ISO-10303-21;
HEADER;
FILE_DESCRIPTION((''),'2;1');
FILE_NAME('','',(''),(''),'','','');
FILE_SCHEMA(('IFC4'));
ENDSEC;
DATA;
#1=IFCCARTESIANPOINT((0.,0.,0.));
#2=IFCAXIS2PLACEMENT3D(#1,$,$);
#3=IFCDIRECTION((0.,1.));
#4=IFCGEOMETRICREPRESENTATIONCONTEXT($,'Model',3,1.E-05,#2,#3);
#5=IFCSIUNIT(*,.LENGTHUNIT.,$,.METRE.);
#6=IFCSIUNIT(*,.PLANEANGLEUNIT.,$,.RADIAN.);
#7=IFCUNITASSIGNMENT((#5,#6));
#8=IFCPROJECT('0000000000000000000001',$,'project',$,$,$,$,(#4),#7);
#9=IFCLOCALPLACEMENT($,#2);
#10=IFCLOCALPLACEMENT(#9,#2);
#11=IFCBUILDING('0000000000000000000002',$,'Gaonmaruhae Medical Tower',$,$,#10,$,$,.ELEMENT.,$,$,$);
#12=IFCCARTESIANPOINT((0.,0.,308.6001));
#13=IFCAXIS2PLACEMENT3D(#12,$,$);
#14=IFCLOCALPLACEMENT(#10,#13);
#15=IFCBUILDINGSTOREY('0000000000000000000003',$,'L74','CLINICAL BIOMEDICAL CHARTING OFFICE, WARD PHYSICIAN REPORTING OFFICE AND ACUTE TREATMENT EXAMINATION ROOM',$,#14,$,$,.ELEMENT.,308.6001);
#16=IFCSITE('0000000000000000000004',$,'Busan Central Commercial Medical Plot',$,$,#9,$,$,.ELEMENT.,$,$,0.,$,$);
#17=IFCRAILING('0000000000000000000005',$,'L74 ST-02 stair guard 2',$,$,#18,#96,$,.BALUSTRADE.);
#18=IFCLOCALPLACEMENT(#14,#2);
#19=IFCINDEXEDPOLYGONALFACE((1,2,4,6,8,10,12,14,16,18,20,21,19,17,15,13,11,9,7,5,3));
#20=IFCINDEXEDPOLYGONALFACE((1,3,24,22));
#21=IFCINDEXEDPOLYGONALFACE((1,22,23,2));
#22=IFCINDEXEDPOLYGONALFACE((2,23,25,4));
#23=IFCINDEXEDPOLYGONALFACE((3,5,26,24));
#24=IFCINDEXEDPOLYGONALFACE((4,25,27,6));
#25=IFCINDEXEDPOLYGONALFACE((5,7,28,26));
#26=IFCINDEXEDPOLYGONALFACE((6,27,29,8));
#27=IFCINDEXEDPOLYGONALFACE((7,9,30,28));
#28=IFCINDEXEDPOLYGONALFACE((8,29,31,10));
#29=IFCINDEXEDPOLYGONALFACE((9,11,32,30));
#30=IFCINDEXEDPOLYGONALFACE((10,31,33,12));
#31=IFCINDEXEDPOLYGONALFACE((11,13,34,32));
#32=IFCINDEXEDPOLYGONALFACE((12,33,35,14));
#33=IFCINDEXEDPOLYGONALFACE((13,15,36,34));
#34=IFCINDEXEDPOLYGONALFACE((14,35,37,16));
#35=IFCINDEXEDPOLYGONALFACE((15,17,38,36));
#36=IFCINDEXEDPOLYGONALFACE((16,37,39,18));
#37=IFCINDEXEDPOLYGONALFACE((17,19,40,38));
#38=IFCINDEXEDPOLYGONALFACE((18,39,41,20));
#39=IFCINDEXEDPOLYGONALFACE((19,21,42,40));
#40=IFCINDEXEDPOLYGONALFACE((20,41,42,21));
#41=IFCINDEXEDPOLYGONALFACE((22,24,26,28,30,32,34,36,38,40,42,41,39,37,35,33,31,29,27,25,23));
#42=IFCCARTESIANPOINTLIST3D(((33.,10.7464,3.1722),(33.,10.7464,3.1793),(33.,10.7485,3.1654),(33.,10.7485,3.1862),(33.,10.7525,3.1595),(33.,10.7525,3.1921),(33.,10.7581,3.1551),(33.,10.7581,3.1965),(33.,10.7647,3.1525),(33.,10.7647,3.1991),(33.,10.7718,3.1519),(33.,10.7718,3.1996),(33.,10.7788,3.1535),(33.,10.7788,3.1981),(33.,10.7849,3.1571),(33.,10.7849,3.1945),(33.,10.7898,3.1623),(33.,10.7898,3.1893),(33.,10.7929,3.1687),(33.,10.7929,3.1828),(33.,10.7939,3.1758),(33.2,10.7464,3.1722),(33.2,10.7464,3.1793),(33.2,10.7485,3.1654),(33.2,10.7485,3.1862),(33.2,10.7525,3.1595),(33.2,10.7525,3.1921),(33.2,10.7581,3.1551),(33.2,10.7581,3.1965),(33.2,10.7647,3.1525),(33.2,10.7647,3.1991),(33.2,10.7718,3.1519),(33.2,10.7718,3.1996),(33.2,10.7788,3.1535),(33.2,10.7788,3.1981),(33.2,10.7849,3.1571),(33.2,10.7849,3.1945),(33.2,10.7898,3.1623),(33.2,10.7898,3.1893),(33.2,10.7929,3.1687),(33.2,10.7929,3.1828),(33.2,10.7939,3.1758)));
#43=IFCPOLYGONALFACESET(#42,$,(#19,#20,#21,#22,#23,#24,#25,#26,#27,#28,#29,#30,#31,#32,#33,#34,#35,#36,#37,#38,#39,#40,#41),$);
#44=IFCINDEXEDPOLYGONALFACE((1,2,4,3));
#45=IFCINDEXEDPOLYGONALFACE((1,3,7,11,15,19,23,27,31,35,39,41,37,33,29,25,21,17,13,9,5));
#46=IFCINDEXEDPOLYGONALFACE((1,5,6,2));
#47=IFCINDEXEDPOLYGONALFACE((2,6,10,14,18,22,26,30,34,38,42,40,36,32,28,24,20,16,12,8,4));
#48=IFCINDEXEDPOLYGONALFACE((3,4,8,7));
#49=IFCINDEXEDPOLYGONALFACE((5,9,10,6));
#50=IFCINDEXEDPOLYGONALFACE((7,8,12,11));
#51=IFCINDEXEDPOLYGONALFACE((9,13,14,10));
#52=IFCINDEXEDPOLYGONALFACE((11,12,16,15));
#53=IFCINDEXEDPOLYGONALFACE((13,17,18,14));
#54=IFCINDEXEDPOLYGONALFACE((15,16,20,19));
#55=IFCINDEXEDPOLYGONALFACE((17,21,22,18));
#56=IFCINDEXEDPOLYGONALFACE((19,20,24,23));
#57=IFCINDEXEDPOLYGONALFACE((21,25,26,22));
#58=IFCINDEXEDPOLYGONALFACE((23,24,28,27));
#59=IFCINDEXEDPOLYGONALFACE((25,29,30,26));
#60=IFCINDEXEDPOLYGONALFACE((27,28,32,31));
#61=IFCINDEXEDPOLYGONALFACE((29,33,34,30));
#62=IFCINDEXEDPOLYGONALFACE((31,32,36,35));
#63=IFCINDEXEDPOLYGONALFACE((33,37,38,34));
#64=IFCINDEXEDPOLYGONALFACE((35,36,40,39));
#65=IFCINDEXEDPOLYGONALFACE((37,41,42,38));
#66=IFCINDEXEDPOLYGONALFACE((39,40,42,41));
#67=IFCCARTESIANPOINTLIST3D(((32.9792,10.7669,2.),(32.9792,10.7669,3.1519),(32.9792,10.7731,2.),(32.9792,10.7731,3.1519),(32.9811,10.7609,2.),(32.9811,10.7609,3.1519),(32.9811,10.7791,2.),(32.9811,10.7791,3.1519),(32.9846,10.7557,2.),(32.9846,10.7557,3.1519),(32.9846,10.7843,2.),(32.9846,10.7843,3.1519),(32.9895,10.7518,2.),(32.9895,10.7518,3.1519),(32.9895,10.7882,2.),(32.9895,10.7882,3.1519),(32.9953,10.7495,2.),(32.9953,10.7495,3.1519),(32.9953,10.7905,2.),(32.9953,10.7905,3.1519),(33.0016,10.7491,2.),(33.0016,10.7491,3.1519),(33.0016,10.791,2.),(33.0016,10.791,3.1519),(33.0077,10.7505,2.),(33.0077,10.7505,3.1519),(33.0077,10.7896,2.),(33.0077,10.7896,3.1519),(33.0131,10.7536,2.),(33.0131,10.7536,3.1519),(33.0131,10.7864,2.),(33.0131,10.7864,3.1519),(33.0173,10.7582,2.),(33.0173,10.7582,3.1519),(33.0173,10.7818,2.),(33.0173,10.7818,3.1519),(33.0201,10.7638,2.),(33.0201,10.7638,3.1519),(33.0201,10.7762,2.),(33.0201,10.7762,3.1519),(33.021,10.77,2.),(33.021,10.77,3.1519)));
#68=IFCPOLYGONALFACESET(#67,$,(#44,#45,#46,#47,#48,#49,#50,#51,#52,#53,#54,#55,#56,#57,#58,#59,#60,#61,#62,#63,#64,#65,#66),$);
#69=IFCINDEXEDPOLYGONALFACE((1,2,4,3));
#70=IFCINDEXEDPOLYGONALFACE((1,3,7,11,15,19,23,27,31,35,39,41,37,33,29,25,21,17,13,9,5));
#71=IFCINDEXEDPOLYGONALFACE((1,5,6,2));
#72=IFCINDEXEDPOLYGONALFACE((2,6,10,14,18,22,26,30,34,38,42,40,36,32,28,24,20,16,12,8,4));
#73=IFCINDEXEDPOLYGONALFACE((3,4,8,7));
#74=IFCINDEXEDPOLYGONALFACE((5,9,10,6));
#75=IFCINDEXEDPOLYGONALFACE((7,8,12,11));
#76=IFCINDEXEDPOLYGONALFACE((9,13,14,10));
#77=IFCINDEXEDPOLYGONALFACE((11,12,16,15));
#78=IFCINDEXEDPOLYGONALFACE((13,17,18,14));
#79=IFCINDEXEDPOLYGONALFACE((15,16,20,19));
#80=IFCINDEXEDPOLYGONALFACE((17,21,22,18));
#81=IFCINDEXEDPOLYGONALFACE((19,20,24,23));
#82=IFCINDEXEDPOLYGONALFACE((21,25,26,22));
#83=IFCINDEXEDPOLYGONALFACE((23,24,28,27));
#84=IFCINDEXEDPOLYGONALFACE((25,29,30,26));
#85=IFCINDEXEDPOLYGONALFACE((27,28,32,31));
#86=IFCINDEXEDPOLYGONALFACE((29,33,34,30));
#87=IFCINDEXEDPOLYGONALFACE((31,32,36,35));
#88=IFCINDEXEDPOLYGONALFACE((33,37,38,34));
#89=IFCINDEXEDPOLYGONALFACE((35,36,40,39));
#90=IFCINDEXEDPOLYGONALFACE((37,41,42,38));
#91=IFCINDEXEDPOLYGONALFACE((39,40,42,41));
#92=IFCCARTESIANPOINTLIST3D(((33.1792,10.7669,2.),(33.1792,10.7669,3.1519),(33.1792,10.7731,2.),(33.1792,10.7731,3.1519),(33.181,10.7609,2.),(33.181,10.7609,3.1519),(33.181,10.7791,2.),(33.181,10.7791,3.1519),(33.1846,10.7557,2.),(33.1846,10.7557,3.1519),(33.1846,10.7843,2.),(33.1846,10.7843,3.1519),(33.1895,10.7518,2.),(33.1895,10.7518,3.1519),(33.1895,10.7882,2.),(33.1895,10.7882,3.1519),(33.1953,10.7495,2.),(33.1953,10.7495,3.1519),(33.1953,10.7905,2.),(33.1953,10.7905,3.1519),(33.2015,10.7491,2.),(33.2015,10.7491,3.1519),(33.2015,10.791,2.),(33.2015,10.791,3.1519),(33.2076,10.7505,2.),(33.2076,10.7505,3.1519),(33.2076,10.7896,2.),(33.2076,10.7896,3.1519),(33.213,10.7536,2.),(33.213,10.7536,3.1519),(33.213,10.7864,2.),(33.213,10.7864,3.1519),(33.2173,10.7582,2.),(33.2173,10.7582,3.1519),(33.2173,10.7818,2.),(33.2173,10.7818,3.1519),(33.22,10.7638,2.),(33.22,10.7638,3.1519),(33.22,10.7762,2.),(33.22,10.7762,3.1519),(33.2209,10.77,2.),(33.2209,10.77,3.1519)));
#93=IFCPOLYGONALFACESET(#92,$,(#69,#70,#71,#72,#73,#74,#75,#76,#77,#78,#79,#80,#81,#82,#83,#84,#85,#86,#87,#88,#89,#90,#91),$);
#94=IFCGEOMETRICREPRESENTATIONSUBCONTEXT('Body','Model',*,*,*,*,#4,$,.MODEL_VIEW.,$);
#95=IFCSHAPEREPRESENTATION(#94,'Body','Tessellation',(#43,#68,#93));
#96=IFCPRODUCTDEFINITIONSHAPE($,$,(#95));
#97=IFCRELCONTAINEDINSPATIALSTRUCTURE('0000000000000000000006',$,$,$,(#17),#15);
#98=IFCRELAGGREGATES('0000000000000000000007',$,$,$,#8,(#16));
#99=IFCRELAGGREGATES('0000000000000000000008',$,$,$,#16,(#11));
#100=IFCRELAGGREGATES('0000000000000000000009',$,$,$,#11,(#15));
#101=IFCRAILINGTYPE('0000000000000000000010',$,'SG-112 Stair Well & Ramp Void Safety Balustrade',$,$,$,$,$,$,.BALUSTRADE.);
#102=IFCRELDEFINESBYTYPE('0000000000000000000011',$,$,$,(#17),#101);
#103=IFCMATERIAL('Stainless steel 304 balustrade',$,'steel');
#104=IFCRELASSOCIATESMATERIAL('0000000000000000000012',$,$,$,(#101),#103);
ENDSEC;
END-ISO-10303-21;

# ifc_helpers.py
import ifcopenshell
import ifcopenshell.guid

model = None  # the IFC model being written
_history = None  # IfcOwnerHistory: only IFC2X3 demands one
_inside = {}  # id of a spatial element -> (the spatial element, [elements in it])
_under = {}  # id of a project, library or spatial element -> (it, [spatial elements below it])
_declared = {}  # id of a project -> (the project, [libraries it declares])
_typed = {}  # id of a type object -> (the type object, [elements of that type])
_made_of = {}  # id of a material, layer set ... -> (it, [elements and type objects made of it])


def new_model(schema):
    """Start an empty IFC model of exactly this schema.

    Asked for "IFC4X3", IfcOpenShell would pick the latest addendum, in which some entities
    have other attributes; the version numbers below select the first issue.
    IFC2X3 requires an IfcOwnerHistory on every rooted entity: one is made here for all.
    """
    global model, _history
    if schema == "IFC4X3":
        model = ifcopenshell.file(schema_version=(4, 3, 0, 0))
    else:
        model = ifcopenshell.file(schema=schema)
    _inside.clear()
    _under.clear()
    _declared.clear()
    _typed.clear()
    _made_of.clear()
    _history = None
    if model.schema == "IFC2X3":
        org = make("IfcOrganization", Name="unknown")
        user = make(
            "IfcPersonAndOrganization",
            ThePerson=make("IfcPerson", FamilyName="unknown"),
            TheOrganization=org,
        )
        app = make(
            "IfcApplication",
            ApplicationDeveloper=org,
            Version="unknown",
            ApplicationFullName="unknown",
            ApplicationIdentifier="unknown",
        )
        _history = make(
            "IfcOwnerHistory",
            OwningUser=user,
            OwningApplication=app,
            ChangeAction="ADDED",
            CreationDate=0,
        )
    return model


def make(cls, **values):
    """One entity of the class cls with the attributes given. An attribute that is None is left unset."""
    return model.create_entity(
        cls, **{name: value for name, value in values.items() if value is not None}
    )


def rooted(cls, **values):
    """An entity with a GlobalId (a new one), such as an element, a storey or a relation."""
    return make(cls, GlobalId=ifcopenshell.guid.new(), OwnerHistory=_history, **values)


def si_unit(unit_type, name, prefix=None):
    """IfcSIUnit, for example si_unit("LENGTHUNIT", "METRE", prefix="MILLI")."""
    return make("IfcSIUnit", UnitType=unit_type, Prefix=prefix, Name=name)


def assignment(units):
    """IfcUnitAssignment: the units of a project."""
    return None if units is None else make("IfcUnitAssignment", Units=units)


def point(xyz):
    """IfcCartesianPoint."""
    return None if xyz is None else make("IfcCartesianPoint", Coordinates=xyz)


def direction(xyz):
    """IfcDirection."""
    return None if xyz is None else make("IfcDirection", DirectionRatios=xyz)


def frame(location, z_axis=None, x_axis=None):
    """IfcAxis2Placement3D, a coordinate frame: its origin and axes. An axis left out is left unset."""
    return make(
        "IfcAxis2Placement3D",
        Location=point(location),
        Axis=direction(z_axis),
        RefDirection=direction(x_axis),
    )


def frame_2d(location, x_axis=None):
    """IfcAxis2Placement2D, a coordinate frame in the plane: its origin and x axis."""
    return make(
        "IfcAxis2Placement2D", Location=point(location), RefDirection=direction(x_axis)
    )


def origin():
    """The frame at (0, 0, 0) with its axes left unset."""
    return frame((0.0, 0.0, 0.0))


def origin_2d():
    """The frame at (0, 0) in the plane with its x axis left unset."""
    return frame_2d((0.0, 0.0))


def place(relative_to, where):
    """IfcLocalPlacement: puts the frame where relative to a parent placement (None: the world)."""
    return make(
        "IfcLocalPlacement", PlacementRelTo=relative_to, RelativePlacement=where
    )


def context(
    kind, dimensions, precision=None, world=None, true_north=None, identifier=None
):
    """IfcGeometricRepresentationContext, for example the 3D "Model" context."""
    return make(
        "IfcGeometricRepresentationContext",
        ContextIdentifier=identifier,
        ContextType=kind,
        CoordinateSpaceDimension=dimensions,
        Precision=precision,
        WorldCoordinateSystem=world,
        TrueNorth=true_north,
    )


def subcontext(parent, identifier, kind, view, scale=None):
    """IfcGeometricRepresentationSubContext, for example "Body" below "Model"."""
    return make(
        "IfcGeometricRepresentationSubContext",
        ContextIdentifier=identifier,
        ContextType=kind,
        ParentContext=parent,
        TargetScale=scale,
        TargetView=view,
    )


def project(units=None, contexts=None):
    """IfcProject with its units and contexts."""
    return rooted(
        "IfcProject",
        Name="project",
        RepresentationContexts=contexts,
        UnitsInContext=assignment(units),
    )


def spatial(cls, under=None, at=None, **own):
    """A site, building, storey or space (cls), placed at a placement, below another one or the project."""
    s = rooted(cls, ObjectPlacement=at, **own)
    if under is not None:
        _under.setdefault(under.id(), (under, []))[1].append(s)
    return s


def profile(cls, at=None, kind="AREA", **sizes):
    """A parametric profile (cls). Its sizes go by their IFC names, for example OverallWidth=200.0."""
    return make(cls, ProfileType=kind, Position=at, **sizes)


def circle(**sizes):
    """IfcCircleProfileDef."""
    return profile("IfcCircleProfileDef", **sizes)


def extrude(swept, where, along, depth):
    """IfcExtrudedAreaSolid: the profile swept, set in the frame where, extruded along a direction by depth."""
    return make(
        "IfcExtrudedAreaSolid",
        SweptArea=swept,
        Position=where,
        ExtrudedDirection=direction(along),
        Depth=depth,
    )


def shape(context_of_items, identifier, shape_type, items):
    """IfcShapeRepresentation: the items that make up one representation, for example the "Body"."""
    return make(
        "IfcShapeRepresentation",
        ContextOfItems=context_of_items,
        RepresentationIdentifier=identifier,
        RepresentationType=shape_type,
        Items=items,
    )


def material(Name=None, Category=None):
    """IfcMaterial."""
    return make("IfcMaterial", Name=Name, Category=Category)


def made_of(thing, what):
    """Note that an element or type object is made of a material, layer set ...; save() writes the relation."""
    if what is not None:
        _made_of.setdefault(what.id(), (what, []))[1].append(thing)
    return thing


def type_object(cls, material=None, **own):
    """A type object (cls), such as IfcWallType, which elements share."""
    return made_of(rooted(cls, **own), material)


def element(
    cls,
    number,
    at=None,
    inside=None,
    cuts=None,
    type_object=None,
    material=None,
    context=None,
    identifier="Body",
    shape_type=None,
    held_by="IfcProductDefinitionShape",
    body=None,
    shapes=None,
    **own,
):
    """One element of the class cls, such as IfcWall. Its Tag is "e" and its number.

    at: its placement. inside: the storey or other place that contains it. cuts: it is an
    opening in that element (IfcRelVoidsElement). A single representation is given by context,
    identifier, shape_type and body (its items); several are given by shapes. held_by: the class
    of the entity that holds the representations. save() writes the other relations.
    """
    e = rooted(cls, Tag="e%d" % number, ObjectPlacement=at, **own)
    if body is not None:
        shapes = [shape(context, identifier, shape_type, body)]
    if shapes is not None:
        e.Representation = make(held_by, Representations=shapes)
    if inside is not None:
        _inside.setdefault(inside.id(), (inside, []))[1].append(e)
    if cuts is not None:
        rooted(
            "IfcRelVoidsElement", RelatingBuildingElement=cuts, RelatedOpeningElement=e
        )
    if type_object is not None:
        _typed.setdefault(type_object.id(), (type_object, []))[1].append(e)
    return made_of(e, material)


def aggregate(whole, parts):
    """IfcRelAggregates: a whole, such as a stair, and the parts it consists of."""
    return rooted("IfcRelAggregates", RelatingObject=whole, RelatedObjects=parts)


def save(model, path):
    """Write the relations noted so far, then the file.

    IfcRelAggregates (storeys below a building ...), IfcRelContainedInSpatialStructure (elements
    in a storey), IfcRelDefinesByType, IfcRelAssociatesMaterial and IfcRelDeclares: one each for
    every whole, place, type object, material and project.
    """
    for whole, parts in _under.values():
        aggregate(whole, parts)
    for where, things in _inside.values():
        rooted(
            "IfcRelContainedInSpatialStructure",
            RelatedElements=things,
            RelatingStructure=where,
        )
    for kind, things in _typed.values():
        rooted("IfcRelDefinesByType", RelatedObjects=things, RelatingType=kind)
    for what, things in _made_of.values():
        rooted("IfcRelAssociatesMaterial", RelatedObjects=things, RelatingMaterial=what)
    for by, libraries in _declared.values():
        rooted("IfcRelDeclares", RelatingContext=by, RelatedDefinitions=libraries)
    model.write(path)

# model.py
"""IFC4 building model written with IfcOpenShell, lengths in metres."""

from ifc_helpers import new_model, si_unit, direction, frame, origin, origin_2d, place, context, subcontext, project, spatial, circle, extrude, material, type_object, element, save


model = new_model("IFC4")

# Units and contexts
model_context = context("Model", 3, precision=1e-05, world=origin(), true_north=direction((0.0, 1.0)))
body_context = subcontext(model_context, "Body", "Model", "MODEL_VIEW")
ifc_project = project(units=[si_unit("LENGTHUNIT", "METRE"), si_unit("PLANEANGLEUNIT", "RADIAN")], contexts=[model_context])

# Site, building, storey
site_placement = place(None, origin())
site = spatial("IfcSite", under=ifc_project, at=site_placement, Name="Busan Central Commercial Medical Plot", CompositionType="ELEMENT", RefElevation=0.0)
building_placement = place(site_placement, origin())
building = spatial("IfcBuilding", under=site, at=building_placement, Name="Gaonmaruhae Medical Tower", CompositionType="ELEMENT")
storey_placement = place(building_placement, frame((0.0, 0.0, 308.6001)))
storey = spatial("IfcBuildingStorey", under=building, at=storey_placement, Name="L74", Description="CLINICAL BIOMEDICAL CHARTING OFFICE, WARD PHYSICIAN REPORTING OFFICE AND ACUTE TREATMENT EXAMINATION ROOM", CompositionType="ELEMENT", Elevation=308.6001)

# Railing
ifc_material_1 = material(Name="Stainless steel 304 balustrade", Category="steel")
railing_type_1 = type_object("IfcRailingType", Name="SG-112 Stair Well & Ramp Void Safety Balustrade", PredefinedType="BALUSTRADE", material=ifc_material_1)
railing_1_placement = place(storey_placement, frame((33.0, 10.77, 2.0)))
element("IfcRailing", 1, at=railing_1_placement, inside=storey, type_object=railing_type_1, Name="L74 ST-02 stair guard 2", PredefinedType="BALUSTRADE", context=body_context, shape_type="SweptSolid", body=[
    extrude(circle(Radius=0.0239, at=origin_2d()), frame((0.0, 0.0, 1.1758), z_axis=(1.0, 0.0, 0.0), x_axis=(0.0, 1.0, 0.0)), (0.0, 0.0, 1.0), 0.2),
    extrude(circle(Radius=0.021, at=origin_2d()), origin(), (0.0, 0.0, 1.0), 1.1519),
    extrude(circle(Radius=0.021, at=origin_2d()), frame((0.2, 0.0, 0.0)), (0.0, 0.0, 1.0), 1.1519),
])

save(model, "model.ifc")
